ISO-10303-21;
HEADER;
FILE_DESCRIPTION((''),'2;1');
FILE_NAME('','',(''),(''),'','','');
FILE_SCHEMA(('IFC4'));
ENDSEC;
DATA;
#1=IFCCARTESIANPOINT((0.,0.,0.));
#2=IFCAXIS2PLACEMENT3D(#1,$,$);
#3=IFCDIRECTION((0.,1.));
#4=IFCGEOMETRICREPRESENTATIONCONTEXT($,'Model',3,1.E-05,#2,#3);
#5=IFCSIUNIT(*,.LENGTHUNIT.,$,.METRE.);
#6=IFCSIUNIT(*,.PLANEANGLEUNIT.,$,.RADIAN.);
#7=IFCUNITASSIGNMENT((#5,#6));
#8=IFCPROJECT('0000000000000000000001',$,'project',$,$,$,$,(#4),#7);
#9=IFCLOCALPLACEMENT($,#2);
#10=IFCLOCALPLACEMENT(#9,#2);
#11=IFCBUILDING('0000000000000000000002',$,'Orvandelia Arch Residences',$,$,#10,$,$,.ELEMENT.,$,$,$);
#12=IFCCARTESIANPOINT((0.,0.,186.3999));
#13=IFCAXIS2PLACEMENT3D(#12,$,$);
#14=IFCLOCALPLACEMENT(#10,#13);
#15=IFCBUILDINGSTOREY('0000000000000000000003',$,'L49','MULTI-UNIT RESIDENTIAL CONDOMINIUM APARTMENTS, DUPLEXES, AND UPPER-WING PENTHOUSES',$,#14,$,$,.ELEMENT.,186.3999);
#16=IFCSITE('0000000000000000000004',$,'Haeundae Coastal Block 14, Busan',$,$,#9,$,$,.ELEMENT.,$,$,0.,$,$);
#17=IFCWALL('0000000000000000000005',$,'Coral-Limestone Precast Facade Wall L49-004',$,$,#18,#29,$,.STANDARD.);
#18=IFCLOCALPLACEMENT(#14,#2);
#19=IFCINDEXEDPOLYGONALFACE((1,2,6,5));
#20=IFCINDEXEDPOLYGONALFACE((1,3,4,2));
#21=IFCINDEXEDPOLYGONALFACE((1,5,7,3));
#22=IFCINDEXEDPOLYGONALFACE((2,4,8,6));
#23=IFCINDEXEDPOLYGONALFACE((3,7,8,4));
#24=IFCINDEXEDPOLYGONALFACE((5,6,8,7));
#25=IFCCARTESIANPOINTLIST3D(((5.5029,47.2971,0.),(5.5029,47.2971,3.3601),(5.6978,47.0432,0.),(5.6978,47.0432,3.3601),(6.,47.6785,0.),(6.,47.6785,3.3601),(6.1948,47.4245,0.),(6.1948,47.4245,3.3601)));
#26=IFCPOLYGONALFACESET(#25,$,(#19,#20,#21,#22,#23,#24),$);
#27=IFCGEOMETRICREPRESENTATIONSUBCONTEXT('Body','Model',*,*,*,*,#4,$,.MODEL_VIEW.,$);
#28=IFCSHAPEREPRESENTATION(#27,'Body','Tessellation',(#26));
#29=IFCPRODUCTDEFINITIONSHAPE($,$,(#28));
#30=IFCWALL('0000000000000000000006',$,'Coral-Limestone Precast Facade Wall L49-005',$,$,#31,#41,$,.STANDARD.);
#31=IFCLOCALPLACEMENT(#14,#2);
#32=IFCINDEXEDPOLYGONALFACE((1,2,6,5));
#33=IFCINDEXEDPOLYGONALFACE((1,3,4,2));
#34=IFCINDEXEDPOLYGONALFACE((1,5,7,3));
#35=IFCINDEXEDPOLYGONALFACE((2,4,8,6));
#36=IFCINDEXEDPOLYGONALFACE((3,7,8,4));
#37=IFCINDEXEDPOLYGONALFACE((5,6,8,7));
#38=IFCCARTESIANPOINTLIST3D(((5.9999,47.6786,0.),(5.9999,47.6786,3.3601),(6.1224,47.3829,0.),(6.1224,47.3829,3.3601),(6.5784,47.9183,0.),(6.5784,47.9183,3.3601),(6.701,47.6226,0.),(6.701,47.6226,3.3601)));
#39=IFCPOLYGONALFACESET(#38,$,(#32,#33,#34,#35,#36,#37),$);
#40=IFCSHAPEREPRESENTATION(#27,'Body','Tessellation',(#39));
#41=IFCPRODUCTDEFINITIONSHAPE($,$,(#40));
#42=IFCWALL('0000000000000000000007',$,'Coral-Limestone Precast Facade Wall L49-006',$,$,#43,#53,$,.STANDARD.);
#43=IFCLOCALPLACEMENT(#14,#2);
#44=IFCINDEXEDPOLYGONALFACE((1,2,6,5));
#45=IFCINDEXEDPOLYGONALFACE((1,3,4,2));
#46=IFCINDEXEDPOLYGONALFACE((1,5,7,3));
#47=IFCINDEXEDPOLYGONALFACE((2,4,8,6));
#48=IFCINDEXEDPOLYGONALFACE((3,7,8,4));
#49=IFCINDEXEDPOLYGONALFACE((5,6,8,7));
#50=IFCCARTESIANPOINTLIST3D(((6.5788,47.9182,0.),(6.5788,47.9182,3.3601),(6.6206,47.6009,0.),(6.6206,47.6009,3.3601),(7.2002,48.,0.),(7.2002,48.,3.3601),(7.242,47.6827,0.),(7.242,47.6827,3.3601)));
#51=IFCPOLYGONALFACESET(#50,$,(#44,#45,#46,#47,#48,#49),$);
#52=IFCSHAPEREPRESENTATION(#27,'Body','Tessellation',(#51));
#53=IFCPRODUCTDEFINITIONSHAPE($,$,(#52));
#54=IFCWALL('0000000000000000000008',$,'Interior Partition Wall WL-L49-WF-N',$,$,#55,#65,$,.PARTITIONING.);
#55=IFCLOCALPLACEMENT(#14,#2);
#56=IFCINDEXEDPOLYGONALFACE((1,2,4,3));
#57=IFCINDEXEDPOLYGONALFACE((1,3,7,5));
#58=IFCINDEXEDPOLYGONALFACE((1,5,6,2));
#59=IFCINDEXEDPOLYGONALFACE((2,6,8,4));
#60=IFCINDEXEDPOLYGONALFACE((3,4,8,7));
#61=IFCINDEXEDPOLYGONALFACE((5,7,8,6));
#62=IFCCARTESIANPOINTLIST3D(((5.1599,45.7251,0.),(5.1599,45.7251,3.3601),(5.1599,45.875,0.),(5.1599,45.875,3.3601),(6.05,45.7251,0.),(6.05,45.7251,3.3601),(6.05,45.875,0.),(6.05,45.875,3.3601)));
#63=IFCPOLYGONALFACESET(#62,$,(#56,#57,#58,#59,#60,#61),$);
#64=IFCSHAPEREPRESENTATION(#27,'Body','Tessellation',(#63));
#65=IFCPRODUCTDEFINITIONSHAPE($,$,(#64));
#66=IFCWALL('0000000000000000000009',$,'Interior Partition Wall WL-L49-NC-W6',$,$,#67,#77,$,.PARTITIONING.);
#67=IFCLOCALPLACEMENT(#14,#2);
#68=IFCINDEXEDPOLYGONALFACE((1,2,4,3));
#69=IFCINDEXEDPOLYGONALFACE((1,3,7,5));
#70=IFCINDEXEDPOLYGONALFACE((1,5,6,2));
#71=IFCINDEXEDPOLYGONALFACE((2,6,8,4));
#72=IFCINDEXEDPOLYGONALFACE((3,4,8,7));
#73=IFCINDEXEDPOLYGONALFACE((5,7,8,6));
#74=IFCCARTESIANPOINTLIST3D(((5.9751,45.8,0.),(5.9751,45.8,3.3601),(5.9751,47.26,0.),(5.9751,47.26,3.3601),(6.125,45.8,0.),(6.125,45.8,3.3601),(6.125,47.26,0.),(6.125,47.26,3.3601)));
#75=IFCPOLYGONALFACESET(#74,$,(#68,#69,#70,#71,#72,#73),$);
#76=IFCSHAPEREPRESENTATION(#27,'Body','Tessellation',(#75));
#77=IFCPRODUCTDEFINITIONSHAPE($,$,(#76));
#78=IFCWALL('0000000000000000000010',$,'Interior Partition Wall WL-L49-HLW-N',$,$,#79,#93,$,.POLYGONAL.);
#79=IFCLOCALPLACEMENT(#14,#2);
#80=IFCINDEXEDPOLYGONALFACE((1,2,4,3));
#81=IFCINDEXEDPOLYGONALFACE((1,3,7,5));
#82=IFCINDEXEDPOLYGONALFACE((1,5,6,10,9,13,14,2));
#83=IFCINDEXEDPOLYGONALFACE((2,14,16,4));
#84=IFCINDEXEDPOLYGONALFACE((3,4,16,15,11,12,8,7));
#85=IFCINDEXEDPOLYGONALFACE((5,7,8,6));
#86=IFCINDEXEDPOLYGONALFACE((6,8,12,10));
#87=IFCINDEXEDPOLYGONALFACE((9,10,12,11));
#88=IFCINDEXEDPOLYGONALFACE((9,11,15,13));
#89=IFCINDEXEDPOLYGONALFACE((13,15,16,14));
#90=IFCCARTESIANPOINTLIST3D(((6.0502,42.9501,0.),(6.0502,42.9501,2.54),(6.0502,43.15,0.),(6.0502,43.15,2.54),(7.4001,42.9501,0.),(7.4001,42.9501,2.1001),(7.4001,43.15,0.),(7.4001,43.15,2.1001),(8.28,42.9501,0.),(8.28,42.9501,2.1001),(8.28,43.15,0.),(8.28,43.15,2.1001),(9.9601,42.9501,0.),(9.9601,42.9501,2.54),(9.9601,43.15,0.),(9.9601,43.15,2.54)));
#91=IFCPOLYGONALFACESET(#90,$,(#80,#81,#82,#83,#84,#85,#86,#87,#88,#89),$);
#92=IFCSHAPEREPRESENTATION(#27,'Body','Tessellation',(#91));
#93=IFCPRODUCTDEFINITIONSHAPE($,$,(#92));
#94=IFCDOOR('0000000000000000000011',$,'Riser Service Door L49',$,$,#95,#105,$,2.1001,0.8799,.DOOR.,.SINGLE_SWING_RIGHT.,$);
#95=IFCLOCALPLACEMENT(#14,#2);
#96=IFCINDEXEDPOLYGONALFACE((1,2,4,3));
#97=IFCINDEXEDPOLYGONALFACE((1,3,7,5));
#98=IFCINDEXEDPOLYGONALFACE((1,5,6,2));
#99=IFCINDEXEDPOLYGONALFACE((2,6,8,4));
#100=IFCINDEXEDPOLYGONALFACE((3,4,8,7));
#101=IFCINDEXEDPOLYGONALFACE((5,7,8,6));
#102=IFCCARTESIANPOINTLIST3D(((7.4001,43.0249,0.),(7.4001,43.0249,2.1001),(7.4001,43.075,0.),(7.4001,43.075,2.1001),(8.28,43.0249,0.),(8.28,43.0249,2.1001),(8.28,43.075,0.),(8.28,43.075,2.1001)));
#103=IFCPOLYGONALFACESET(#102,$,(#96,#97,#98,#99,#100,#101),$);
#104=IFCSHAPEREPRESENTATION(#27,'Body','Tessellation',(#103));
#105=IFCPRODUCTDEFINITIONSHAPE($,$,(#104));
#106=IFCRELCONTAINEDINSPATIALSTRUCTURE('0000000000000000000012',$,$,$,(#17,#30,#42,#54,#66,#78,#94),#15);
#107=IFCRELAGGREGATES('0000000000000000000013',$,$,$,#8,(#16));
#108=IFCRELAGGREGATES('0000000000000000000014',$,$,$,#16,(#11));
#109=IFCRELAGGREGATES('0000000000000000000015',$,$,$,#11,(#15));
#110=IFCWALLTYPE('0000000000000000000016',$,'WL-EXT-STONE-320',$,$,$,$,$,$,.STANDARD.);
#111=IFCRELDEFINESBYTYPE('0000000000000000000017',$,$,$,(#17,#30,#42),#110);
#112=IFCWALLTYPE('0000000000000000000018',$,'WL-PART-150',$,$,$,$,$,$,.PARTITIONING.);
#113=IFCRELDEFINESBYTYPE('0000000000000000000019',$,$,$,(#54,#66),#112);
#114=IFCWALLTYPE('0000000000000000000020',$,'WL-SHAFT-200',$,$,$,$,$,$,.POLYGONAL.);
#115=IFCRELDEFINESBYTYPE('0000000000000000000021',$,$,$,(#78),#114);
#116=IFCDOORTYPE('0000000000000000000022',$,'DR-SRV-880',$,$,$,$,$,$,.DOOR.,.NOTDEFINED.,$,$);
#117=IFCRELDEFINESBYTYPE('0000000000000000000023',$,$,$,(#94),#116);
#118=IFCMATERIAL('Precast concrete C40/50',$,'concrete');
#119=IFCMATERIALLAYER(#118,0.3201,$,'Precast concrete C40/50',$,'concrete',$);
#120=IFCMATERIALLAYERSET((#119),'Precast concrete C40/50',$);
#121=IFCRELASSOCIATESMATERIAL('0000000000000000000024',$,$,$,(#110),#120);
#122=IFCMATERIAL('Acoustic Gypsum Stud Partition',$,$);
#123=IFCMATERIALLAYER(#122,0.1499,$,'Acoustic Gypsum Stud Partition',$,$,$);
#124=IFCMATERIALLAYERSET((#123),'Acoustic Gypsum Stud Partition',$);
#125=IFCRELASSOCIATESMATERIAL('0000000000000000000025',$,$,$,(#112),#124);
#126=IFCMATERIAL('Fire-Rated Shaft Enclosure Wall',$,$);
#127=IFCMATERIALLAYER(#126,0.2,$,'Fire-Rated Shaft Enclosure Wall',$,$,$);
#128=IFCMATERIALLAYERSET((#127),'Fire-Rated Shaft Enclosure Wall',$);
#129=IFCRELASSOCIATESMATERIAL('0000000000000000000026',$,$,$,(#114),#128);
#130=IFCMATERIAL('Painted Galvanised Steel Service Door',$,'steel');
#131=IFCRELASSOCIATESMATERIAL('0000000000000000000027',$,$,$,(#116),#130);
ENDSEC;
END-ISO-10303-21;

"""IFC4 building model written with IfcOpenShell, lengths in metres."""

from ifc_helpers import new_model, si_unit, direction, frame, frame_2d, origin, place, context, subcontext, project, spatial, rectangle, extrude, material, layer, layer_set, type_object, element, fill, save


model = new_model("IFC4")

# Units and contexts
model_context = context("Model", 3, precision=1e-05, world=origin(), true_north=direction((0.0, 1.0)))
body_context = subcontext(model_context, "Body", "Model", "MODEL_VIEW")
ifc_project = project(units=[si_unit("LENGTHUNIT", "METRE"), si_unit("PLANEANGLEUNIT", "RADIAN")], contexts=[model_context])

# Site, building, storey
site_placement = place(None, origin())
site = spatial("IfcSite", under=ifc_project, at=site_placement, Name="Haeundae Coastal Block 14, Busan", CompositionType="ELEMENT", RefElevation=0.0)
building_placement = place(site_placement, origin())
building = spatial("IfcBuilding", under=site, at=building_placement, Name="Orvandelia Arch Residences", CompositionType="ELEMENT")
storey_placement = place(building_placement, frame((0.0, 0.0, 186.3999)))
storey = spatial("IfcBuildingStorey", under=building, at=storey_placement, Name="L49", Description="MULTI-UNIT RESIDENTIAL CONDOMINIUM APARTMENTS, DUPLEXES, AND UPPER-WING PENTHOUSES", CompositionType="ELEMENT", Elevation=186.3999)

# Walls
ifc_material_1 = material(Name="Precast concrete C40/50", Category="concrete")
ifc_layer_1 = layer(ifc_material_1, 0.3201, Name="Precast concrete C40/50", Category="concrete")
ifc_layer_set_1 = layer_set([ifc_layer_1], Name="Precast concrete C40/50")
wall_type_1 = type_object("IfcWallType", Name="WL-EXT-STONE-320", PredefinedType="STANDARD", material=ifc_layer_set_1)
wall_1_placement = place(storey_placement, frame((5.6003, 47.1702, 0.0), z_axis=(0.0, 0.0, 1.0), x_axis=(0.793406, 0.608693, 0.0)))
element("IfcWall", 1, at=wall_1_placement, inside=storey, type_object=wall_type_1, Name="Coral-Limestone Precast Facade Wall L49-004", PredefinedType="STANDARD", context=body_context, shape_type="SweptSolid", body=[
    extrude(rectangle(XDim=0.6265, YDim=0.3201, at=frame_2d((0.3132, 0.0))), origin(), (0.0, 0.0, 1.0), 3.3601),
])
wall_2_placement = place(storey_placement, frame((6.0613, 47.5308, 0.0), z_axis=(0.0, 0.0, 1.0), x_axis=(0.923836, 0.382788, 0.0)))
element("IfcWall", 2, at=wall_2_placement, inside=storey, type_object=wall_type_1, Name="Coral-Limestone Precast Facade Wall L49-005", PredefinedType="STANDARD", context=body_context, shape_type="SweptSolid", body=[
    extrude(rectangle(XDim=0.6262, YDim=0.3201, at=frame_2d((0.313, 0.0))), origin(), (0.0, 0.0, 1.0), 3.3601),
])
wall_3_placement = place(storey_placement, frame((6.5996, 47.7595, 0.0), z_axis=(0.0, 0.0, 1.0), x_axis=(0.991448, 0.130505, 0.0)))
element("IfcWall", 3, at=wall_3_placement, inside=storey, type_object=wall_type_1, Name="Coral-Limestone Precast Facade Wall L49-006", PredefinedType="STANDARD", context=body_context, shape_type="SweptSolid", body=[
    extrude(rectangle(XDim=0.6267, YDim=0.3201, at=frame_2d((0.3135, 0.0))), origin(), (0.0, 0.0, 1.0), 3.3601),
])
ifc_material_2 = material(Name="Acoustic Gypsum Stud Partition")
ifc_layer_2 = layer(ifc_material_2, 0.1499, Name="Acoustic Gypsum Stud Partition")
ifc_layer_set_2 = layer_set([ifc_layer_2], Name="Acoustic Gypsum Stud Partition")
wall_type_2 = type_object("IfcWallType", Name="WL-PART-150", PredefinedType="PARTITIONING", material=ifc_layer_set_2)
wall_4_placement = place(storey_placement, frame((5.1599, 45.8, 0.0), z_axis=(0.0, 0.0, 1.0), x_axis=(1.0, 0.0, 0.0)))
element("IfcWall", 4, at=wall_4_placement, inside=storey, type_object=wall_type_2, Name="Interior Partition Wall WL-L49-WF-N", PredefinedType="PARTITIONING", context=body_context, shape_type="SweptSolid", body=[
    extrude(rectangle(XDim=0.8901, YDim=0.1499, at=frame_2d((0.4451, 0.0))), origin(), (0.0, 0.0, 1.0), 3.3601),
])
wall_5_placement = place(storey_placement, frame((6.05, 45.8, 0.0), z_axis=(0.0, 0.0, 1.0), x_axis=(0.0, 1.0, 0.0)))
element("IfcWall", 5, at=wall_5_placement, inside=storey, type_object=wall_type_2, Name="Interior Partition Wall WL-L49-NC-W6", PredefinedType="PARTITIONING", context=body_context, shape_type="SweptSolid", body=[
    extrude(rectangle(XDim=1.46, YDim=0.1499, at=frame_2d((0.73, 0.0))), origin(), (0.0, 0.0, 1.0), 3.3601),
])

# Wall, opening, door
ifc_material_3 = material(Name="Fire-Rated Shaft Enclosure Wall")
ifc_layer_3 = layer(ifc_material_3, 0.2, Name="Fire-Rated Shaft Enclosure Wall")
ifc_layer_set_3 = layer_set([ifc_layer_3], Name="Fire-Rated Shaft Enclosure Wall")
wall_type_3 = type_object("IfcWallType", Name="WL-SHAFT-200", PredefinedType="POLYGONAL", material=ifc_layer_set_3)
wall_6_placement = place(storey_placement, frame((6.05, 43.05, 0.0), z_axis=(0.0, 0.0, 1.0), x_axis=(1.0, 0.0, 0.0)))
wall_6 = element("IfcWall", 6, at=wall_6_placement, inside=storey, type_object=wall_type_3, Name="Interior Partition Wall WL-L49-HLW-N", PredefinedType="POLYGONAL", context=body_context, shape_type="SweptSolid", body=[
    extrude(rectangle(XDim=3.9099, YDim=0.2, at=frame_2d((1.9551, 0.0))), origin(), (0.0, 0.0, 1.0), 2.54),
])
opening_placement = place(wall_6_placement, frame((1.3501, 0.0, 0.0)))
opening = element("IfcOpeningElement", 7, at=opening_placement, cuts=wall_6, PredefinedType="OPENING", context=body_context, shape_type="SweptSolid", body=[
    extrude(rectangle(XDim=0.8799, YDim=2.1001, at=frame_2d((0.4399, 1.05))), frame((0.0, 0.1099, 0.0), z_axis=(0.0, -1.0, 0.0), x_axis=(1.0, 0.0, 0.0)), (0.0, 0.0, 1.0), 0.22),
])
ifc_material_4 = material(Name="Painted Galvanised Steel Service Door", Category="steel")
door_type = type_object("IfcDoorType", Name="DR-SRV-880", OperationType="NOTDEFINED", PredefinedType="DOOR", material=ifc_material_4)
door_placement = place(opening_placement, origin())
door = element("IfcDoor", 8, at=door_placement, inside=storey, type_object=door_type, Name="Riser Service Door L49", OperationType="SINGLE_SWING_RIGHT", OverallHeight=2.1001, OverallWidth=0.8799, PredefinedType="DOOR", context=body_context, shape_type="SweptSolid", body=[
    extrude(rectangle(XDim=0.8799, YDim=2.1001, at=frame_2d((0.4399, 1.05))), frame((0.0, 0.0249, 0.0), z_axis=(0.0, -1.0, 0.0), x_axis=(1.0, 0.0, 0.0)), (0.0, 0.0, 1.0), 0.05),
])
fill(opening, door)

save(model, "model.ifc")
